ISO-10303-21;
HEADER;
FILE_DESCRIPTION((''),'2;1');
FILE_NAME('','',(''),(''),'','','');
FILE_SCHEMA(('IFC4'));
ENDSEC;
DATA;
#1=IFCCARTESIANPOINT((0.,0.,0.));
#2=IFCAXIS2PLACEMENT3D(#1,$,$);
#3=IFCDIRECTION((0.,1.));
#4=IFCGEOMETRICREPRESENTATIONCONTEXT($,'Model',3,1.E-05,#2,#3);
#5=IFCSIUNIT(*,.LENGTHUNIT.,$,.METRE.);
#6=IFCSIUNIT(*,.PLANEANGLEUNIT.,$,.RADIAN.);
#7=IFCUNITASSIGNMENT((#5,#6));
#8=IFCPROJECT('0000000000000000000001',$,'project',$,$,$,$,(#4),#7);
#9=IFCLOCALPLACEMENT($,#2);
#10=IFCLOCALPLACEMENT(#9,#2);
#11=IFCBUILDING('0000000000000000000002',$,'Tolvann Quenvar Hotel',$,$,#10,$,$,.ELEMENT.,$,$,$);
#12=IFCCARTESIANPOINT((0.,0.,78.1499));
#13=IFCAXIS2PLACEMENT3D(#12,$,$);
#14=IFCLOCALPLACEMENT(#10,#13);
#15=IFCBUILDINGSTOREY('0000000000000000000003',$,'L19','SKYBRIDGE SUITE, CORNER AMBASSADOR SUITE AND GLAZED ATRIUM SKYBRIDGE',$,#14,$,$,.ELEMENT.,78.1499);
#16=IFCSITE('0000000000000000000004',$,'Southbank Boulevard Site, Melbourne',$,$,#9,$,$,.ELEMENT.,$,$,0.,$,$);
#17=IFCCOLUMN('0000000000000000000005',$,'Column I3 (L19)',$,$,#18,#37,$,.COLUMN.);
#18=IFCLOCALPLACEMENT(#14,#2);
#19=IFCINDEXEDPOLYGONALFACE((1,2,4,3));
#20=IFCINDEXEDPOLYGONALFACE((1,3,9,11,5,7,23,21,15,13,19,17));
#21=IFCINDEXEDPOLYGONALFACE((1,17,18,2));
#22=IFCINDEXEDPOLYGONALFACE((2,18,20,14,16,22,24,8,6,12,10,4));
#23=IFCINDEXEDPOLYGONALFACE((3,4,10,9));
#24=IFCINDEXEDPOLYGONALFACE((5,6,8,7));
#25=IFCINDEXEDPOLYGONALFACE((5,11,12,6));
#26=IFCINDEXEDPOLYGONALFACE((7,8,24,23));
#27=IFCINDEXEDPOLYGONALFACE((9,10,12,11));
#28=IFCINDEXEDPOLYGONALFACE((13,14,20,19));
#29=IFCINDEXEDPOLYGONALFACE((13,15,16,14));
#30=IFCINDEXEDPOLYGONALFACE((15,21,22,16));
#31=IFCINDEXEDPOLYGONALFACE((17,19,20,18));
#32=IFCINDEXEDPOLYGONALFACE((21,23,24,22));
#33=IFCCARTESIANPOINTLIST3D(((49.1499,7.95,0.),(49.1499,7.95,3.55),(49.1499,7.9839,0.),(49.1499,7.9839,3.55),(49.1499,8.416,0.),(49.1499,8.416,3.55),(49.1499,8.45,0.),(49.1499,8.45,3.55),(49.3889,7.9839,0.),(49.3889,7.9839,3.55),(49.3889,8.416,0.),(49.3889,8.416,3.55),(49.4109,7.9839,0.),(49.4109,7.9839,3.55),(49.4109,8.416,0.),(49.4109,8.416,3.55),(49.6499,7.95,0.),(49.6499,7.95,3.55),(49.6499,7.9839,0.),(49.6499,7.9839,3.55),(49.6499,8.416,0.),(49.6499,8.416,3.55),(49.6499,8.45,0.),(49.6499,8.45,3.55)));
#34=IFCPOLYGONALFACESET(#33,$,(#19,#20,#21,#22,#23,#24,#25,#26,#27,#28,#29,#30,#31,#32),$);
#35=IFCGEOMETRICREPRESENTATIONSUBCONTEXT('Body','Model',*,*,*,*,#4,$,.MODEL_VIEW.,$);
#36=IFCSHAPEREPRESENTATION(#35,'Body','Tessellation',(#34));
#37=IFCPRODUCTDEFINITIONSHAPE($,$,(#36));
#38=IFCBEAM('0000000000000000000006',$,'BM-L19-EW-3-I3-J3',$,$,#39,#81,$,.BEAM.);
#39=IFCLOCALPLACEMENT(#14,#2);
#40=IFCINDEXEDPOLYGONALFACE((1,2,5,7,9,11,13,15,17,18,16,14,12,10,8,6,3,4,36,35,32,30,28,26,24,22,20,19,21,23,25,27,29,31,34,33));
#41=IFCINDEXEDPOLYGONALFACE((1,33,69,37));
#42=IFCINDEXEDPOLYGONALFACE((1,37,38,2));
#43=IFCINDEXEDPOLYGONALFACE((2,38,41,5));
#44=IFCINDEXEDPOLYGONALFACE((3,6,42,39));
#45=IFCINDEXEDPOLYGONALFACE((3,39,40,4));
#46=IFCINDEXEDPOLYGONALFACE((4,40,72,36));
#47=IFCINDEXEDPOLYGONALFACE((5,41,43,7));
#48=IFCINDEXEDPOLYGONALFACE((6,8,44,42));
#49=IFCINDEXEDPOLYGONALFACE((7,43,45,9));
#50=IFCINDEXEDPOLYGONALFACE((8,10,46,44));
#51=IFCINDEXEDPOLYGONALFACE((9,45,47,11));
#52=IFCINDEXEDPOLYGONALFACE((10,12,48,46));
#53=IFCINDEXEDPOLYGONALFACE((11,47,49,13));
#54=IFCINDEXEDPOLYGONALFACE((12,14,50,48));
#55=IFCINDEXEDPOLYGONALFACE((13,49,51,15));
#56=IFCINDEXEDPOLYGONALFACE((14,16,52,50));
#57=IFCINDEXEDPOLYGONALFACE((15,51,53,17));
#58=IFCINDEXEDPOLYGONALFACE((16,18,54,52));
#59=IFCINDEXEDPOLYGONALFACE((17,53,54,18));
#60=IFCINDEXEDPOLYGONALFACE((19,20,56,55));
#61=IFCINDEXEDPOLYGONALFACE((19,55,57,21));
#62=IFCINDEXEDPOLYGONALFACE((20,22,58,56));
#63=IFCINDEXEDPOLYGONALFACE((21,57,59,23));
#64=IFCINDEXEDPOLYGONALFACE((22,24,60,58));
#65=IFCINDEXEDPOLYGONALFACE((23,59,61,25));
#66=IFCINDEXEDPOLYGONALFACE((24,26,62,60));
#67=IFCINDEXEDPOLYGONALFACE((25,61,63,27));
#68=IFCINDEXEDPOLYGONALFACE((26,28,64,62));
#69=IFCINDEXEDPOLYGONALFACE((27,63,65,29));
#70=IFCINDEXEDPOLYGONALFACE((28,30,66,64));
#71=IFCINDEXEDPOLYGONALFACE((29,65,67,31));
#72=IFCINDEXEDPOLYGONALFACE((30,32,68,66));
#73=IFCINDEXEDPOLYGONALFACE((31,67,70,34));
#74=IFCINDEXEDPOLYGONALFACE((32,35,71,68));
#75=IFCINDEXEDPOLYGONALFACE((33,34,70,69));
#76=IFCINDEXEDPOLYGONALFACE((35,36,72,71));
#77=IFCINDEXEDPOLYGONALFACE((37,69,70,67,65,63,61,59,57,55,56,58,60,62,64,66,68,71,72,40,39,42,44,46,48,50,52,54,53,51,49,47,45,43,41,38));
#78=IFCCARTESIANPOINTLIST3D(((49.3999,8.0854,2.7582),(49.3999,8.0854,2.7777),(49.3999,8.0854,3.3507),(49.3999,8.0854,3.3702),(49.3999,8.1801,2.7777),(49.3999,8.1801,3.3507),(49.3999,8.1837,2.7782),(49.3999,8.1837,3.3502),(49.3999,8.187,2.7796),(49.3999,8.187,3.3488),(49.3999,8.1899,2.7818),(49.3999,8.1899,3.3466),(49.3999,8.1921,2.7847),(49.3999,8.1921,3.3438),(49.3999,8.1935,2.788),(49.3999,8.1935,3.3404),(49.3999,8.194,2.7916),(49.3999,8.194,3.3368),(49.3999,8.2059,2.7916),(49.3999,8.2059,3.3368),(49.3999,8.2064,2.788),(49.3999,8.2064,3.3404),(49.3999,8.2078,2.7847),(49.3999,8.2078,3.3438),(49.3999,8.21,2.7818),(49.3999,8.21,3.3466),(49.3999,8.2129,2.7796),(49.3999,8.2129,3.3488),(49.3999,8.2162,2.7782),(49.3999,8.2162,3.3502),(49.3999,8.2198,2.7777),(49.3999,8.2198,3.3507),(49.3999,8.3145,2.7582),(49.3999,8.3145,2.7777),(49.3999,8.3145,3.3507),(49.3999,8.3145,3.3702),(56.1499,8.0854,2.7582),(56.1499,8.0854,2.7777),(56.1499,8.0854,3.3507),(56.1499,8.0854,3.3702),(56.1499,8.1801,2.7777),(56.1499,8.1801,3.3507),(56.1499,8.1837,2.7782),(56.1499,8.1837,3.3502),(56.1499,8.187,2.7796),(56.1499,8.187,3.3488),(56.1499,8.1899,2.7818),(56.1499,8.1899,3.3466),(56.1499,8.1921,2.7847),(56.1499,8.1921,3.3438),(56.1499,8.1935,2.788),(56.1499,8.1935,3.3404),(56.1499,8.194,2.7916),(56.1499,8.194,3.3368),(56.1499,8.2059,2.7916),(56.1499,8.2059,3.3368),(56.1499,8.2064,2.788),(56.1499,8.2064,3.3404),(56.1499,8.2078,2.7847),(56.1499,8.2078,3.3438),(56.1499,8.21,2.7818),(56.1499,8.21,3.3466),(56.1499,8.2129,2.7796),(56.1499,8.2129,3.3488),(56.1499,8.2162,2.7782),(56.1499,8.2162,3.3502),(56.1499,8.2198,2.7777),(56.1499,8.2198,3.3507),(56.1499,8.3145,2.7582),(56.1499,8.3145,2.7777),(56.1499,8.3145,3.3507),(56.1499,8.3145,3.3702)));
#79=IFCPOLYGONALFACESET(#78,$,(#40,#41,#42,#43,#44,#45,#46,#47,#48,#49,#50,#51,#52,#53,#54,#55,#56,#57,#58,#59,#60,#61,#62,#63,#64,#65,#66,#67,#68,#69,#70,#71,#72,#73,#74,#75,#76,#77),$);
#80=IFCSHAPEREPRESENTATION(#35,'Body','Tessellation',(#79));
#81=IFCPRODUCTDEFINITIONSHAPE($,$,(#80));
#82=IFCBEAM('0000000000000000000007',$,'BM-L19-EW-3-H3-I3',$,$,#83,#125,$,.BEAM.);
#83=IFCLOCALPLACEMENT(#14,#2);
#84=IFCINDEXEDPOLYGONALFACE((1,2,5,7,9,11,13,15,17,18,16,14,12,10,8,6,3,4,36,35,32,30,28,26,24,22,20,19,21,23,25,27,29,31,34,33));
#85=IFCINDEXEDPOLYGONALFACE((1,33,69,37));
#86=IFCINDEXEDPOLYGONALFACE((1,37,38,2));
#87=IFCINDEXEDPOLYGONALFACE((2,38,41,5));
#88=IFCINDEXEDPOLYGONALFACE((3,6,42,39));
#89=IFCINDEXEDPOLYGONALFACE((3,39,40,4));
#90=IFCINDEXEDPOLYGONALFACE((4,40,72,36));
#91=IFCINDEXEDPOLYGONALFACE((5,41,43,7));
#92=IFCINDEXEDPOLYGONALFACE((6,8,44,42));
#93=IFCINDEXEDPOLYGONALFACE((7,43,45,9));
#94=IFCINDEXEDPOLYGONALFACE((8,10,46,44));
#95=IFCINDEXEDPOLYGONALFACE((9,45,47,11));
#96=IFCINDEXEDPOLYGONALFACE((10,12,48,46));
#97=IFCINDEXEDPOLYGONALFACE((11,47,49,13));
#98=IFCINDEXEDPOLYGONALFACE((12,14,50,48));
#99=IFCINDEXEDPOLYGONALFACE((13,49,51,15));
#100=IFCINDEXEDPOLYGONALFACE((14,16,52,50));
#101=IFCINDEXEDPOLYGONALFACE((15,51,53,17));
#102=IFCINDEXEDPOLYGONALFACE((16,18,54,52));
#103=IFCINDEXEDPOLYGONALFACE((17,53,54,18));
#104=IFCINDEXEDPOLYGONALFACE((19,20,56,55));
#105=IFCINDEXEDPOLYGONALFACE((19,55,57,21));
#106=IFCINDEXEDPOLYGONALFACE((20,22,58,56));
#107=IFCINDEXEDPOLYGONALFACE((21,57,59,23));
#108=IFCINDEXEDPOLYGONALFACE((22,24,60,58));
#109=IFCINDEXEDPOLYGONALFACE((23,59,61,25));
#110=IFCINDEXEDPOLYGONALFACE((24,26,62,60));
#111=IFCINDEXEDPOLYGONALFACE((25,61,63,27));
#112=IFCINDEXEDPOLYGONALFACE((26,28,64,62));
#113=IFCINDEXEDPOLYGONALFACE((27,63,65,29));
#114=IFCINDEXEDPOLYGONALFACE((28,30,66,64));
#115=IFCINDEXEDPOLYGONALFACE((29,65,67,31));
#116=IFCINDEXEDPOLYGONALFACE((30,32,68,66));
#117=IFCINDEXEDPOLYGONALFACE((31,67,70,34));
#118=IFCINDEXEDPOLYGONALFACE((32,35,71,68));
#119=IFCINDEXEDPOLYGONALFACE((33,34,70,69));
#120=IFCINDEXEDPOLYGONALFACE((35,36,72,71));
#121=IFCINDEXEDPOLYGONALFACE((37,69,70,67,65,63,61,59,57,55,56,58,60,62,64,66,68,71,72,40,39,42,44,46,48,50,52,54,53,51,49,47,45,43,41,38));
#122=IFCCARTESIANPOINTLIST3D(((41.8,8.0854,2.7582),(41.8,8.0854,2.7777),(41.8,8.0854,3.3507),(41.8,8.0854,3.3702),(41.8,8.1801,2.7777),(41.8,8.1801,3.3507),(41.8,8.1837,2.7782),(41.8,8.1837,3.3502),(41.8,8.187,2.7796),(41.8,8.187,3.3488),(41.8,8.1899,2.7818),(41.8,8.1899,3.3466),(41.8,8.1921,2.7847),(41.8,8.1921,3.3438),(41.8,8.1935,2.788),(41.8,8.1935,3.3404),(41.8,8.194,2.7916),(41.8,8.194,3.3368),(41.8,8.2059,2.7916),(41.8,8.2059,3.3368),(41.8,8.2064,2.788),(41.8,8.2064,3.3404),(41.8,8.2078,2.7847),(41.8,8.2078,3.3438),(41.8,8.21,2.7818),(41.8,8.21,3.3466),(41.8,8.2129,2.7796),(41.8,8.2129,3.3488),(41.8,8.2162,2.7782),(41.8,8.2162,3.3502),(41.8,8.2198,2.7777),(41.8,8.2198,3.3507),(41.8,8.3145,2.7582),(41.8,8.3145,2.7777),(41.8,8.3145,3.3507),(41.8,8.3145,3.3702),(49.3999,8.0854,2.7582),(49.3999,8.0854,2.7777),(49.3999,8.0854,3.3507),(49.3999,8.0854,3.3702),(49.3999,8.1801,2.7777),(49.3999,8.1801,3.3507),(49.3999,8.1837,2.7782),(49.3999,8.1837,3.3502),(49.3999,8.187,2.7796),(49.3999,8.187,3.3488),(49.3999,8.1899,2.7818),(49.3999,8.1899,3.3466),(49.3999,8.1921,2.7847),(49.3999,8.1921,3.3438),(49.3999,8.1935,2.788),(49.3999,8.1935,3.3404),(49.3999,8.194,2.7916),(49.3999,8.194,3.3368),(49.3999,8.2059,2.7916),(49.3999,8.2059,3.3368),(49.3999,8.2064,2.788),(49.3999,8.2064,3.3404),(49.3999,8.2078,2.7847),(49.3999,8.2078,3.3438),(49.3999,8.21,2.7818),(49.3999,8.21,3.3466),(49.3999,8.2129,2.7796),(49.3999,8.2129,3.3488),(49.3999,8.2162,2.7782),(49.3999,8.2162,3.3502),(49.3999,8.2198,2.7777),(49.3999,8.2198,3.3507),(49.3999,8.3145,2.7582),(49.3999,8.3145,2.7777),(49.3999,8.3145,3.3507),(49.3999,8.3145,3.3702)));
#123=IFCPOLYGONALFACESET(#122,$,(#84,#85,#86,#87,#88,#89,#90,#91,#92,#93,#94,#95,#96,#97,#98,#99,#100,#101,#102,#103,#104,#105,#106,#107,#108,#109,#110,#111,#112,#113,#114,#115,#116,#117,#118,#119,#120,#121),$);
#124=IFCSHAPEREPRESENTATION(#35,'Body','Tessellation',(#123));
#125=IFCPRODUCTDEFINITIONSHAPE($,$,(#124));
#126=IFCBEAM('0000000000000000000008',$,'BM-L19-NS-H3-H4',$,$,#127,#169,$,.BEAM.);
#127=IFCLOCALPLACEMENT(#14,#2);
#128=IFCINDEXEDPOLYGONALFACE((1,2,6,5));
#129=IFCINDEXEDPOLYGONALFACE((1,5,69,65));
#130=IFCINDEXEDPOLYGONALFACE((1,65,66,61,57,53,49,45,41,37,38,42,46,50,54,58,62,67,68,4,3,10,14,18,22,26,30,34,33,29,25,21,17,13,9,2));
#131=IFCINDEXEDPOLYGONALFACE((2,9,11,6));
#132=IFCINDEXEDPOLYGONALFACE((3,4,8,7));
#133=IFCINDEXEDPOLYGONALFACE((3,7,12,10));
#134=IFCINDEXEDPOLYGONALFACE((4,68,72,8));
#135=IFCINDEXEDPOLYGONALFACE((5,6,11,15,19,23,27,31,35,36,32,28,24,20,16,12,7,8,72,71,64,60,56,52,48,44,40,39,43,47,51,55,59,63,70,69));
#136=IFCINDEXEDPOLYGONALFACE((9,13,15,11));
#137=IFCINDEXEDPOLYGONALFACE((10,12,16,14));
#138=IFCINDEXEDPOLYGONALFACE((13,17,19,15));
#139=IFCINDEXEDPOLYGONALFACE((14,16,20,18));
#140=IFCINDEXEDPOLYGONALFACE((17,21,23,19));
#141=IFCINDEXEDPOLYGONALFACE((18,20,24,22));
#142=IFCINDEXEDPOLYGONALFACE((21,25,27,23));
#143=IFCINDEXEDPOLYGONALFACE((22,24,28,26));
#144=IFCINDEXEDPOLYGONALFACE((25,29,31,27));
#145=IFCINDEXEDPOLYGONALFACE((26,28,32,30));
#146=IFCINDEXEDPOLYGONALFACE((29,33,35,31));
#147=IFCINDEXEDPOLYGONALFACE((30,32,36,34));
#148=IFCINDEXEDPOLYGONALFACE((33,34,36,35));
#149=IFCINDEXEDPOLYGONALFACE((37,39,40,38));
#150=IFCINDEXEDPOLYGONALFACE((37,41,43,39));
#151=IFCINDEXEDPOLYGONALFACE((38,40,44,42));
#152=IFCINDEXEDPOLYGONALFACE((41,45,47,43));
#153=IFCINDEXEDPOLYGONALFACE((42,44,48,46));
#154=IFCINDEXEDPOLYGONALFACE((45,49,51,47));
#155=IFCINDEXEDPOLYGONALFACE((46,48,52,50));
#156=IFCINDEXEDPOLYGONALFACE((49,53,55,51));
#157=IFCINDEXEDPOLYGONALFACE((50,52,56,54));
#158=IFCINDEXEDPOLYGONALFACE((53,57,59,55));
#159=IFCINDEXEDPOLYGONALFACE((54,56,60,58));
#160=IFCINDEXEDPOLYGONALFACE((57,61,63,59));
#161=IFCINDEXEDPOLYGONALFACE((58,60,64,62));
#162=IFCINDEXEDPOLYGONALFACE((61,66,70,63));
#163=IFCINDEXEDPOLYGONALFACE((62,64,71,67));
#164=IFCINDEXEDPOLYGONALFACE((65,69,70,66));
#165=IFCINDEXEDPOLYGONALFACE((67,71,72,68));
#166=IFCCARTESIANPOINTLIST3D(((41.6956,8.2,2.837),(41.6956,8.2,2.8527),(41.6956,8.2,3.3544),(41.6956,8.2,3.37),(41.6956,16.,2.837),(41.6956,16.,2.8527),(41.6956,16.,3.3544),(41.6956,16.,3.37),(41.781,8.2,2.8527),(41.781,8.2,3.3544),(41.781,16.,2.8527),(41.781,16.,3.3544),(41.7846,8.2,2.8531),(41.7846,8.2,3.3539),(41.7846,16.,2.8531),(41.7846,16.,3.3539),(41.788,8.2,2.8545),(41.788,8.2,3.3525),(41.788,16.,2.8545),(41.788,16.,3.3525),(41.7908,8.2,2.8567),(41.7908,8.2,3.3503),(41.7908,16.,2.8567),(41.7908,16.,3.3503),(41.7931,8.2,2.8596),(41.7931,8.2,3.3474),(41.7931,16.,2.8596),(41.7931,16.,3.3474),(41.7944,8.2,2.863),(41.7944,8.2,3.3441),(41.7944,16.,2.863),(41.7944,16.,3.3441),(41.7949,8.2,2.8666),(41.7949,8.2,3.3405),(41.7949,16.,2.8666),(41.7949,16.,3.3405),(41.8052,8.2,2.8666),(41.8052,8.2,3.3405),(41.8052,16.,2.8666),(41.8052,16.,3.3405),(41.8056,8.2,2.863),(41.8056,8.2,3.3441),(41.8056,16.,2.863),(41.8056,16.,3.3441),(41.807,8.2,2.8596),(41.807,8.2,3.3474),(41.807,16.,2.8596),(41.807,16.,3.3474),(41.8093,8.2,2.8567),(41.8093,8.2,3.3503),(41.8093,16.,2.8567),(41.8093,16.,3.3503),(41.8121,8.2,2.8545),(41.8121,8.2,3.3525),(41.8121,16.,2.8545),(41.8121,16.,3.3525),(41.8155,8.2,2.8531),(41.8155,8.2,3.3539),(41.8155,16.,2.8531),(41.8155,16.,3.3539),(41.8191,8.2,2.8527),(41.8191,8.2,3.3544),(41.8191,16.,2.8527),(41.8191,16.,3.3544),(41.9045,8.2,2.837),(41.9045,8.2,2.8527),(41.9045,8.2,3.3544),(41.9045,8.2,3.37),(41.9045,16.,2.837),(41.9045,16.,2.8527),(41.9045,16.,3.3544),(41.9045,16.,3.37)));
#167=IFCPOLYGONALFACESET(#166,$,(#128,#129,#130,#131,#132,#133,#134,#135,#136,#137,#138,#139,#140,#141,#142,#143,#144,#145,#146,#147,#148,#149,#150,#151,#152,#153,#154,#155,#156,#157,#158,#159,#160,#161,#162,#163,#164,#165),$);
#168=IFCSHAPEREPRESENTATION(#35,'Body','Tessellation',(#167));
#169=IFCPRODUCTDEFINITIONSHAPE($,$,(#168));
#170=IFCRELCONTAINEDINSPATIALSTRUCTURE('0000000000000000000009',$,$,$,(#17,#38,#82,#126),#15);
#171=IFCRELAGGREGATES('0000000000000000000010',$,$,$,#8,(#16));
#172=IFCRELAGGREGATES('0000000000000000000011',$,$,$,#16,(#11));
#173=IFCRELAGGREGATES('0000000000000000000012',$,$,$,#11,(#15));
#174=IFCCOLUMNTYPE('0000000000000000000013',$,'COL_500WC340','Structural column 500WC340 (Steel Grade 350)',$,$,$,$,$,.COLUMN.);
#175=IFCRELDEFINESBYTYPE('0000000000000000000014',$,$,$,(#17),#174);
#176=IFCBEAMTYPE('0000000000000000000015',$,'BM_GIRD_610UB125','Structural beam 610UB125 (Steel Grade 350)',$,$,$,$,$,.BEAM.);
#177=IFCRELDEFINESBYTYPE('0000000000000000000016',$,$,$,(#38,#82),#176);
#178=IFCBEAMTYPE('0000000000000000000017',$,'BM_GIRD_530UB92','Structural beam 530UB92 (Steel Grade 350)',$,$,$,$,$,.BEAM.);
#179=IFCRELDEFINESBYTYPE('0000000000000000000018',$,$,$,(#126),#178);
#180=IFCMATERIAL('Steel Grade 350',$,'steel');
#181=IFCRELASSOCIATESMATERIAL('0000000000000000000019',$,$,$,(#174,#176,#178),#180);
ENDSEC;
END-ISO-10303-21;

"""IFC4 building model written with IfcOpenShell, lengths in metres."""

from ifc_helpers import new_model, si_unit, direction, frame, origin, origin_2d, place, context, subcontext, project, spatial, i_section, extrude, source, transform, mapped, material, material_profile, profile_set, type_object, type_shapes, element, save


model = new_model("IFC4")

# Units and contexts
model_context = context("Model", 3, precision=1e-05, world=origin(), true_north=direction((0.0, 1.0)))
body_context = subcontext(model_context, "Body", "Model", "MODEL_VIEW")
ifc_project = project(units=[si_unit("LENGTHUNIT", "METRE"), si_unit("PLANEANGLEUNIT", "RADIAN")], contexts=[model_context])

# Site, building, storey
site_placement = place(None, origin())
site = spatial("IfcSite", under=ifc_project, at=site_placement, Name="Southbank Boulevard Site, Melbourne", CompositionType="ELEMENT", RefElevation=0.0)
building_placement = place(site_placement, origin())
building = spatial("IfcBuilding", under=site, at=building_placement, Name="Tolvann Quenvar Hotel", CompositionType="ELEMENT")
storey_placement = place(building_placement, frame((0.0, 0.0, 78.1499)))
storey = spatial("IfcBuildingStorey", under=building, at=storey_placement, Name="L19", Description="SKYBRIDGE SUITE, CORNER AMBASSADOR SUITE AND GLAZED ATRIUM SKYBRIDGE", CompositionType="ELEMENT", Elevation=78.1499)

# Column
ifc_material_1 = material(Name="Steel Grade 350", Category="steel")
ifc_material_profile_1 = material_profile(ifc_material_1, i_section(OverallWidth=0.5, OverallDepth=0.5, WebThickness=0.022, FlangeThickness=0.0339, at=origin_2d()), Name="500WC340")
ifc_profile_set_1 = profile_set([ifc_material_profile_1], Name="Steel Grade 350")
column_type = type_object("IfcColumnType", Name="COL_500WC340", Description="Structural column 500WC340 (Steel Grade 350)", PredefinedType="COLUMN", material=ifc_profile_set_1)
shared_shape_1 = source(origin(), body_context, "Body", "SweptSolid", [
    extrude(i_section(OverallWidth=0.5, OverallDepth=0.5, WebThickness=0.022, FlangeThickness=0.0339, at=origin_2d()), origin(), (0.0, 0.0, 1.0), 3.55),
])
type_shapes(column_type, [shared_shape_1])
column_placement = place(storey_placement, frame((49.3999, 8.2, 0.0), z_axis=(0.0, 0.0, 1.0), x_axis=(1.0, 0.0, 0.0)))
element("IfcColumn", 1, at=column_placement, inside=storey, type_object=column_type, Name="Column I3 (L19)", PredefinedType="COLUMN", context=body_context, shape_type="MappedRepresentation", body=[
    mapped(shared_shape_1, transform((0.0, 0.0, 0.0), x_axis=(1.0, 0.0, 0.0), y_axis=(0.0, 1.0, 0.0), z_axis=(0.0, 0.0, 1.0), scale=1.0)),
])

# Beams
ifc_material_profile_2 = material_profile(ifc_material_1, i_section(OverallWidth=0.229, OverallDepth=0.6121, WebThickness=0.012, FlangeThickness=0.0195, FilletRadius=0.0139, at=origin_2d()), Name="610UB125")
ifc_profile_set_2 = profile_set([ifc_material_profile_2], Name="Steel Grade 350")
beam_type_1 = type_object("IfcBeamType", Name="BM_GIRD_610UB125", Description="Structural beam 610UB125 (Steel Grade 350)", PredefinedType="BEAM", material=ifc_profile_set_2)
shared_shape_2 = source(origin(), body_context, "Body", "SweptSolid", [
    extrude(i_section(OverallWidth=0.229, OverallDepth=0.6121, WebThickness=0.012, FlangeThickness=0.0195, FilletRadius=0.0139, at=origin_2d()), origin(), (0.0, 0.0, 1.0), 6.75),
])
beam_1_placement = place(storey_placement, frame((49.3999, 8.2, 3.0642), z_axis=(1.0, 0.0, 0.0), x_axis=(0.0, 1.0, 0.0)))
element("IfcBeam", 2, at=beam_1_placement, inside=storey, type_object=beam_type_1, Name="BM-L19-EW-3-I3-J3", PredefinedType="BEAM", context=body_context, shape_type="MappedRepresentation", body=[
    mapped(shared_shape_2, transform((0.0, 0.0, 0.0), x_axis=(1.0, 0.0, 0.0), y_axis=(0.0, 1.0, 0.0), z_axis=(0.0, 0.0, 1.0), scale=1.0)),
])
shared_shape_3 = source(origin(), body_context, "Body", "SweptSolid", [
    extrude(i_section(OverallWidth=0.229, OverallDepth=0.6121, WebThickness=0.012, FlangeThickness=0.0195, FilletRadius=0.0139, at=origin_2d()), origin(), (0.0, 0.0, 1.0), 7.5999),
])
type_shapes(beam_type_1, [shared_shape_2, shared_shape_3])
beam_2_placement = place(storey_placement, frame((41.8, 8.2, 3.0642), z_axis=(1.0, 0.0, 0.0), x_axis=(0.0, 1.0, 0.0)))
element("IfcBeam", 3, at=beam_2_placement, inside=storey, type_object=beam_type_1, Name="BM-L19-EW-3-H3-I3", PredefinedType="BEAM", context=body_context, shape_type="MappedRepresentation", body=[
    mapped(shared_shape_3, transform((0.0, 0.0, 0.0), x_axis=(1.0, 0.0, 0.0), y_axis=(0.0, 1.0, 0.0), z_axis=(0.0, 0.0, 1.0), scale=1.0)),
])
ifc_material_profile_3 = material_profile(ifc_material_1, i_section(OverallWidth=0.209, OverallDepth=0.533, WebThickness=0.0103, FlangeThickness=0.0156, FilletRadius=0.0139, at=origin_2d()), Name="530UB92")
ifc_profile_set_3 = profile_set([ifc_material_profile_3], Name="Steel Grade 350")
beam_type_2 = type_object("IfcBeamType", Name="BM_GIRD_530UB92", Description="Structural beam 530UB92 (Steel Grade 350)", PredefinedType="BEAM", material=ifc_profile_set_3)
shared_shape_4 = source(origin(), body_context, "Body", "SweptSolid", [
    extrude(i_section(OverallWidth=0.209, OverallDepth=0.533, WebThickness=0.0103, FlangeThickness=0.0156, FilletRadius=0.0139, at=origin_2d()), origin(), (0.0, 0.0, 1.0), 7.8),
])
type_shapes(beam_type_2, [shared_shape_4])
beam_3_placement = place(storey_placement, frame((41.8, 8.2, 3.1035), z_axis=(0.0, 1.0, 0.0), x_axis=(-1.0, 0.0, 0.0)))
element("IfcBeam", 4, at=beam_3_placement, inside=storey, type_object=beam_type_2, Name="BM-L19-NS-H3-H4", PredefinedType="BEAM", context=body_context, shape_type="MappedRepresentation", body=[
    mapped(shared_shape_4, transform((0.0, 0.0, 0.0), x_axis=(1.0, 0.0, 0.0), y_axis=(0.0, 1.0, 0.0), z_axis=(0.0, 0.0, 1.0), scale=1.0)),
])

save(model, "model.ifc")
